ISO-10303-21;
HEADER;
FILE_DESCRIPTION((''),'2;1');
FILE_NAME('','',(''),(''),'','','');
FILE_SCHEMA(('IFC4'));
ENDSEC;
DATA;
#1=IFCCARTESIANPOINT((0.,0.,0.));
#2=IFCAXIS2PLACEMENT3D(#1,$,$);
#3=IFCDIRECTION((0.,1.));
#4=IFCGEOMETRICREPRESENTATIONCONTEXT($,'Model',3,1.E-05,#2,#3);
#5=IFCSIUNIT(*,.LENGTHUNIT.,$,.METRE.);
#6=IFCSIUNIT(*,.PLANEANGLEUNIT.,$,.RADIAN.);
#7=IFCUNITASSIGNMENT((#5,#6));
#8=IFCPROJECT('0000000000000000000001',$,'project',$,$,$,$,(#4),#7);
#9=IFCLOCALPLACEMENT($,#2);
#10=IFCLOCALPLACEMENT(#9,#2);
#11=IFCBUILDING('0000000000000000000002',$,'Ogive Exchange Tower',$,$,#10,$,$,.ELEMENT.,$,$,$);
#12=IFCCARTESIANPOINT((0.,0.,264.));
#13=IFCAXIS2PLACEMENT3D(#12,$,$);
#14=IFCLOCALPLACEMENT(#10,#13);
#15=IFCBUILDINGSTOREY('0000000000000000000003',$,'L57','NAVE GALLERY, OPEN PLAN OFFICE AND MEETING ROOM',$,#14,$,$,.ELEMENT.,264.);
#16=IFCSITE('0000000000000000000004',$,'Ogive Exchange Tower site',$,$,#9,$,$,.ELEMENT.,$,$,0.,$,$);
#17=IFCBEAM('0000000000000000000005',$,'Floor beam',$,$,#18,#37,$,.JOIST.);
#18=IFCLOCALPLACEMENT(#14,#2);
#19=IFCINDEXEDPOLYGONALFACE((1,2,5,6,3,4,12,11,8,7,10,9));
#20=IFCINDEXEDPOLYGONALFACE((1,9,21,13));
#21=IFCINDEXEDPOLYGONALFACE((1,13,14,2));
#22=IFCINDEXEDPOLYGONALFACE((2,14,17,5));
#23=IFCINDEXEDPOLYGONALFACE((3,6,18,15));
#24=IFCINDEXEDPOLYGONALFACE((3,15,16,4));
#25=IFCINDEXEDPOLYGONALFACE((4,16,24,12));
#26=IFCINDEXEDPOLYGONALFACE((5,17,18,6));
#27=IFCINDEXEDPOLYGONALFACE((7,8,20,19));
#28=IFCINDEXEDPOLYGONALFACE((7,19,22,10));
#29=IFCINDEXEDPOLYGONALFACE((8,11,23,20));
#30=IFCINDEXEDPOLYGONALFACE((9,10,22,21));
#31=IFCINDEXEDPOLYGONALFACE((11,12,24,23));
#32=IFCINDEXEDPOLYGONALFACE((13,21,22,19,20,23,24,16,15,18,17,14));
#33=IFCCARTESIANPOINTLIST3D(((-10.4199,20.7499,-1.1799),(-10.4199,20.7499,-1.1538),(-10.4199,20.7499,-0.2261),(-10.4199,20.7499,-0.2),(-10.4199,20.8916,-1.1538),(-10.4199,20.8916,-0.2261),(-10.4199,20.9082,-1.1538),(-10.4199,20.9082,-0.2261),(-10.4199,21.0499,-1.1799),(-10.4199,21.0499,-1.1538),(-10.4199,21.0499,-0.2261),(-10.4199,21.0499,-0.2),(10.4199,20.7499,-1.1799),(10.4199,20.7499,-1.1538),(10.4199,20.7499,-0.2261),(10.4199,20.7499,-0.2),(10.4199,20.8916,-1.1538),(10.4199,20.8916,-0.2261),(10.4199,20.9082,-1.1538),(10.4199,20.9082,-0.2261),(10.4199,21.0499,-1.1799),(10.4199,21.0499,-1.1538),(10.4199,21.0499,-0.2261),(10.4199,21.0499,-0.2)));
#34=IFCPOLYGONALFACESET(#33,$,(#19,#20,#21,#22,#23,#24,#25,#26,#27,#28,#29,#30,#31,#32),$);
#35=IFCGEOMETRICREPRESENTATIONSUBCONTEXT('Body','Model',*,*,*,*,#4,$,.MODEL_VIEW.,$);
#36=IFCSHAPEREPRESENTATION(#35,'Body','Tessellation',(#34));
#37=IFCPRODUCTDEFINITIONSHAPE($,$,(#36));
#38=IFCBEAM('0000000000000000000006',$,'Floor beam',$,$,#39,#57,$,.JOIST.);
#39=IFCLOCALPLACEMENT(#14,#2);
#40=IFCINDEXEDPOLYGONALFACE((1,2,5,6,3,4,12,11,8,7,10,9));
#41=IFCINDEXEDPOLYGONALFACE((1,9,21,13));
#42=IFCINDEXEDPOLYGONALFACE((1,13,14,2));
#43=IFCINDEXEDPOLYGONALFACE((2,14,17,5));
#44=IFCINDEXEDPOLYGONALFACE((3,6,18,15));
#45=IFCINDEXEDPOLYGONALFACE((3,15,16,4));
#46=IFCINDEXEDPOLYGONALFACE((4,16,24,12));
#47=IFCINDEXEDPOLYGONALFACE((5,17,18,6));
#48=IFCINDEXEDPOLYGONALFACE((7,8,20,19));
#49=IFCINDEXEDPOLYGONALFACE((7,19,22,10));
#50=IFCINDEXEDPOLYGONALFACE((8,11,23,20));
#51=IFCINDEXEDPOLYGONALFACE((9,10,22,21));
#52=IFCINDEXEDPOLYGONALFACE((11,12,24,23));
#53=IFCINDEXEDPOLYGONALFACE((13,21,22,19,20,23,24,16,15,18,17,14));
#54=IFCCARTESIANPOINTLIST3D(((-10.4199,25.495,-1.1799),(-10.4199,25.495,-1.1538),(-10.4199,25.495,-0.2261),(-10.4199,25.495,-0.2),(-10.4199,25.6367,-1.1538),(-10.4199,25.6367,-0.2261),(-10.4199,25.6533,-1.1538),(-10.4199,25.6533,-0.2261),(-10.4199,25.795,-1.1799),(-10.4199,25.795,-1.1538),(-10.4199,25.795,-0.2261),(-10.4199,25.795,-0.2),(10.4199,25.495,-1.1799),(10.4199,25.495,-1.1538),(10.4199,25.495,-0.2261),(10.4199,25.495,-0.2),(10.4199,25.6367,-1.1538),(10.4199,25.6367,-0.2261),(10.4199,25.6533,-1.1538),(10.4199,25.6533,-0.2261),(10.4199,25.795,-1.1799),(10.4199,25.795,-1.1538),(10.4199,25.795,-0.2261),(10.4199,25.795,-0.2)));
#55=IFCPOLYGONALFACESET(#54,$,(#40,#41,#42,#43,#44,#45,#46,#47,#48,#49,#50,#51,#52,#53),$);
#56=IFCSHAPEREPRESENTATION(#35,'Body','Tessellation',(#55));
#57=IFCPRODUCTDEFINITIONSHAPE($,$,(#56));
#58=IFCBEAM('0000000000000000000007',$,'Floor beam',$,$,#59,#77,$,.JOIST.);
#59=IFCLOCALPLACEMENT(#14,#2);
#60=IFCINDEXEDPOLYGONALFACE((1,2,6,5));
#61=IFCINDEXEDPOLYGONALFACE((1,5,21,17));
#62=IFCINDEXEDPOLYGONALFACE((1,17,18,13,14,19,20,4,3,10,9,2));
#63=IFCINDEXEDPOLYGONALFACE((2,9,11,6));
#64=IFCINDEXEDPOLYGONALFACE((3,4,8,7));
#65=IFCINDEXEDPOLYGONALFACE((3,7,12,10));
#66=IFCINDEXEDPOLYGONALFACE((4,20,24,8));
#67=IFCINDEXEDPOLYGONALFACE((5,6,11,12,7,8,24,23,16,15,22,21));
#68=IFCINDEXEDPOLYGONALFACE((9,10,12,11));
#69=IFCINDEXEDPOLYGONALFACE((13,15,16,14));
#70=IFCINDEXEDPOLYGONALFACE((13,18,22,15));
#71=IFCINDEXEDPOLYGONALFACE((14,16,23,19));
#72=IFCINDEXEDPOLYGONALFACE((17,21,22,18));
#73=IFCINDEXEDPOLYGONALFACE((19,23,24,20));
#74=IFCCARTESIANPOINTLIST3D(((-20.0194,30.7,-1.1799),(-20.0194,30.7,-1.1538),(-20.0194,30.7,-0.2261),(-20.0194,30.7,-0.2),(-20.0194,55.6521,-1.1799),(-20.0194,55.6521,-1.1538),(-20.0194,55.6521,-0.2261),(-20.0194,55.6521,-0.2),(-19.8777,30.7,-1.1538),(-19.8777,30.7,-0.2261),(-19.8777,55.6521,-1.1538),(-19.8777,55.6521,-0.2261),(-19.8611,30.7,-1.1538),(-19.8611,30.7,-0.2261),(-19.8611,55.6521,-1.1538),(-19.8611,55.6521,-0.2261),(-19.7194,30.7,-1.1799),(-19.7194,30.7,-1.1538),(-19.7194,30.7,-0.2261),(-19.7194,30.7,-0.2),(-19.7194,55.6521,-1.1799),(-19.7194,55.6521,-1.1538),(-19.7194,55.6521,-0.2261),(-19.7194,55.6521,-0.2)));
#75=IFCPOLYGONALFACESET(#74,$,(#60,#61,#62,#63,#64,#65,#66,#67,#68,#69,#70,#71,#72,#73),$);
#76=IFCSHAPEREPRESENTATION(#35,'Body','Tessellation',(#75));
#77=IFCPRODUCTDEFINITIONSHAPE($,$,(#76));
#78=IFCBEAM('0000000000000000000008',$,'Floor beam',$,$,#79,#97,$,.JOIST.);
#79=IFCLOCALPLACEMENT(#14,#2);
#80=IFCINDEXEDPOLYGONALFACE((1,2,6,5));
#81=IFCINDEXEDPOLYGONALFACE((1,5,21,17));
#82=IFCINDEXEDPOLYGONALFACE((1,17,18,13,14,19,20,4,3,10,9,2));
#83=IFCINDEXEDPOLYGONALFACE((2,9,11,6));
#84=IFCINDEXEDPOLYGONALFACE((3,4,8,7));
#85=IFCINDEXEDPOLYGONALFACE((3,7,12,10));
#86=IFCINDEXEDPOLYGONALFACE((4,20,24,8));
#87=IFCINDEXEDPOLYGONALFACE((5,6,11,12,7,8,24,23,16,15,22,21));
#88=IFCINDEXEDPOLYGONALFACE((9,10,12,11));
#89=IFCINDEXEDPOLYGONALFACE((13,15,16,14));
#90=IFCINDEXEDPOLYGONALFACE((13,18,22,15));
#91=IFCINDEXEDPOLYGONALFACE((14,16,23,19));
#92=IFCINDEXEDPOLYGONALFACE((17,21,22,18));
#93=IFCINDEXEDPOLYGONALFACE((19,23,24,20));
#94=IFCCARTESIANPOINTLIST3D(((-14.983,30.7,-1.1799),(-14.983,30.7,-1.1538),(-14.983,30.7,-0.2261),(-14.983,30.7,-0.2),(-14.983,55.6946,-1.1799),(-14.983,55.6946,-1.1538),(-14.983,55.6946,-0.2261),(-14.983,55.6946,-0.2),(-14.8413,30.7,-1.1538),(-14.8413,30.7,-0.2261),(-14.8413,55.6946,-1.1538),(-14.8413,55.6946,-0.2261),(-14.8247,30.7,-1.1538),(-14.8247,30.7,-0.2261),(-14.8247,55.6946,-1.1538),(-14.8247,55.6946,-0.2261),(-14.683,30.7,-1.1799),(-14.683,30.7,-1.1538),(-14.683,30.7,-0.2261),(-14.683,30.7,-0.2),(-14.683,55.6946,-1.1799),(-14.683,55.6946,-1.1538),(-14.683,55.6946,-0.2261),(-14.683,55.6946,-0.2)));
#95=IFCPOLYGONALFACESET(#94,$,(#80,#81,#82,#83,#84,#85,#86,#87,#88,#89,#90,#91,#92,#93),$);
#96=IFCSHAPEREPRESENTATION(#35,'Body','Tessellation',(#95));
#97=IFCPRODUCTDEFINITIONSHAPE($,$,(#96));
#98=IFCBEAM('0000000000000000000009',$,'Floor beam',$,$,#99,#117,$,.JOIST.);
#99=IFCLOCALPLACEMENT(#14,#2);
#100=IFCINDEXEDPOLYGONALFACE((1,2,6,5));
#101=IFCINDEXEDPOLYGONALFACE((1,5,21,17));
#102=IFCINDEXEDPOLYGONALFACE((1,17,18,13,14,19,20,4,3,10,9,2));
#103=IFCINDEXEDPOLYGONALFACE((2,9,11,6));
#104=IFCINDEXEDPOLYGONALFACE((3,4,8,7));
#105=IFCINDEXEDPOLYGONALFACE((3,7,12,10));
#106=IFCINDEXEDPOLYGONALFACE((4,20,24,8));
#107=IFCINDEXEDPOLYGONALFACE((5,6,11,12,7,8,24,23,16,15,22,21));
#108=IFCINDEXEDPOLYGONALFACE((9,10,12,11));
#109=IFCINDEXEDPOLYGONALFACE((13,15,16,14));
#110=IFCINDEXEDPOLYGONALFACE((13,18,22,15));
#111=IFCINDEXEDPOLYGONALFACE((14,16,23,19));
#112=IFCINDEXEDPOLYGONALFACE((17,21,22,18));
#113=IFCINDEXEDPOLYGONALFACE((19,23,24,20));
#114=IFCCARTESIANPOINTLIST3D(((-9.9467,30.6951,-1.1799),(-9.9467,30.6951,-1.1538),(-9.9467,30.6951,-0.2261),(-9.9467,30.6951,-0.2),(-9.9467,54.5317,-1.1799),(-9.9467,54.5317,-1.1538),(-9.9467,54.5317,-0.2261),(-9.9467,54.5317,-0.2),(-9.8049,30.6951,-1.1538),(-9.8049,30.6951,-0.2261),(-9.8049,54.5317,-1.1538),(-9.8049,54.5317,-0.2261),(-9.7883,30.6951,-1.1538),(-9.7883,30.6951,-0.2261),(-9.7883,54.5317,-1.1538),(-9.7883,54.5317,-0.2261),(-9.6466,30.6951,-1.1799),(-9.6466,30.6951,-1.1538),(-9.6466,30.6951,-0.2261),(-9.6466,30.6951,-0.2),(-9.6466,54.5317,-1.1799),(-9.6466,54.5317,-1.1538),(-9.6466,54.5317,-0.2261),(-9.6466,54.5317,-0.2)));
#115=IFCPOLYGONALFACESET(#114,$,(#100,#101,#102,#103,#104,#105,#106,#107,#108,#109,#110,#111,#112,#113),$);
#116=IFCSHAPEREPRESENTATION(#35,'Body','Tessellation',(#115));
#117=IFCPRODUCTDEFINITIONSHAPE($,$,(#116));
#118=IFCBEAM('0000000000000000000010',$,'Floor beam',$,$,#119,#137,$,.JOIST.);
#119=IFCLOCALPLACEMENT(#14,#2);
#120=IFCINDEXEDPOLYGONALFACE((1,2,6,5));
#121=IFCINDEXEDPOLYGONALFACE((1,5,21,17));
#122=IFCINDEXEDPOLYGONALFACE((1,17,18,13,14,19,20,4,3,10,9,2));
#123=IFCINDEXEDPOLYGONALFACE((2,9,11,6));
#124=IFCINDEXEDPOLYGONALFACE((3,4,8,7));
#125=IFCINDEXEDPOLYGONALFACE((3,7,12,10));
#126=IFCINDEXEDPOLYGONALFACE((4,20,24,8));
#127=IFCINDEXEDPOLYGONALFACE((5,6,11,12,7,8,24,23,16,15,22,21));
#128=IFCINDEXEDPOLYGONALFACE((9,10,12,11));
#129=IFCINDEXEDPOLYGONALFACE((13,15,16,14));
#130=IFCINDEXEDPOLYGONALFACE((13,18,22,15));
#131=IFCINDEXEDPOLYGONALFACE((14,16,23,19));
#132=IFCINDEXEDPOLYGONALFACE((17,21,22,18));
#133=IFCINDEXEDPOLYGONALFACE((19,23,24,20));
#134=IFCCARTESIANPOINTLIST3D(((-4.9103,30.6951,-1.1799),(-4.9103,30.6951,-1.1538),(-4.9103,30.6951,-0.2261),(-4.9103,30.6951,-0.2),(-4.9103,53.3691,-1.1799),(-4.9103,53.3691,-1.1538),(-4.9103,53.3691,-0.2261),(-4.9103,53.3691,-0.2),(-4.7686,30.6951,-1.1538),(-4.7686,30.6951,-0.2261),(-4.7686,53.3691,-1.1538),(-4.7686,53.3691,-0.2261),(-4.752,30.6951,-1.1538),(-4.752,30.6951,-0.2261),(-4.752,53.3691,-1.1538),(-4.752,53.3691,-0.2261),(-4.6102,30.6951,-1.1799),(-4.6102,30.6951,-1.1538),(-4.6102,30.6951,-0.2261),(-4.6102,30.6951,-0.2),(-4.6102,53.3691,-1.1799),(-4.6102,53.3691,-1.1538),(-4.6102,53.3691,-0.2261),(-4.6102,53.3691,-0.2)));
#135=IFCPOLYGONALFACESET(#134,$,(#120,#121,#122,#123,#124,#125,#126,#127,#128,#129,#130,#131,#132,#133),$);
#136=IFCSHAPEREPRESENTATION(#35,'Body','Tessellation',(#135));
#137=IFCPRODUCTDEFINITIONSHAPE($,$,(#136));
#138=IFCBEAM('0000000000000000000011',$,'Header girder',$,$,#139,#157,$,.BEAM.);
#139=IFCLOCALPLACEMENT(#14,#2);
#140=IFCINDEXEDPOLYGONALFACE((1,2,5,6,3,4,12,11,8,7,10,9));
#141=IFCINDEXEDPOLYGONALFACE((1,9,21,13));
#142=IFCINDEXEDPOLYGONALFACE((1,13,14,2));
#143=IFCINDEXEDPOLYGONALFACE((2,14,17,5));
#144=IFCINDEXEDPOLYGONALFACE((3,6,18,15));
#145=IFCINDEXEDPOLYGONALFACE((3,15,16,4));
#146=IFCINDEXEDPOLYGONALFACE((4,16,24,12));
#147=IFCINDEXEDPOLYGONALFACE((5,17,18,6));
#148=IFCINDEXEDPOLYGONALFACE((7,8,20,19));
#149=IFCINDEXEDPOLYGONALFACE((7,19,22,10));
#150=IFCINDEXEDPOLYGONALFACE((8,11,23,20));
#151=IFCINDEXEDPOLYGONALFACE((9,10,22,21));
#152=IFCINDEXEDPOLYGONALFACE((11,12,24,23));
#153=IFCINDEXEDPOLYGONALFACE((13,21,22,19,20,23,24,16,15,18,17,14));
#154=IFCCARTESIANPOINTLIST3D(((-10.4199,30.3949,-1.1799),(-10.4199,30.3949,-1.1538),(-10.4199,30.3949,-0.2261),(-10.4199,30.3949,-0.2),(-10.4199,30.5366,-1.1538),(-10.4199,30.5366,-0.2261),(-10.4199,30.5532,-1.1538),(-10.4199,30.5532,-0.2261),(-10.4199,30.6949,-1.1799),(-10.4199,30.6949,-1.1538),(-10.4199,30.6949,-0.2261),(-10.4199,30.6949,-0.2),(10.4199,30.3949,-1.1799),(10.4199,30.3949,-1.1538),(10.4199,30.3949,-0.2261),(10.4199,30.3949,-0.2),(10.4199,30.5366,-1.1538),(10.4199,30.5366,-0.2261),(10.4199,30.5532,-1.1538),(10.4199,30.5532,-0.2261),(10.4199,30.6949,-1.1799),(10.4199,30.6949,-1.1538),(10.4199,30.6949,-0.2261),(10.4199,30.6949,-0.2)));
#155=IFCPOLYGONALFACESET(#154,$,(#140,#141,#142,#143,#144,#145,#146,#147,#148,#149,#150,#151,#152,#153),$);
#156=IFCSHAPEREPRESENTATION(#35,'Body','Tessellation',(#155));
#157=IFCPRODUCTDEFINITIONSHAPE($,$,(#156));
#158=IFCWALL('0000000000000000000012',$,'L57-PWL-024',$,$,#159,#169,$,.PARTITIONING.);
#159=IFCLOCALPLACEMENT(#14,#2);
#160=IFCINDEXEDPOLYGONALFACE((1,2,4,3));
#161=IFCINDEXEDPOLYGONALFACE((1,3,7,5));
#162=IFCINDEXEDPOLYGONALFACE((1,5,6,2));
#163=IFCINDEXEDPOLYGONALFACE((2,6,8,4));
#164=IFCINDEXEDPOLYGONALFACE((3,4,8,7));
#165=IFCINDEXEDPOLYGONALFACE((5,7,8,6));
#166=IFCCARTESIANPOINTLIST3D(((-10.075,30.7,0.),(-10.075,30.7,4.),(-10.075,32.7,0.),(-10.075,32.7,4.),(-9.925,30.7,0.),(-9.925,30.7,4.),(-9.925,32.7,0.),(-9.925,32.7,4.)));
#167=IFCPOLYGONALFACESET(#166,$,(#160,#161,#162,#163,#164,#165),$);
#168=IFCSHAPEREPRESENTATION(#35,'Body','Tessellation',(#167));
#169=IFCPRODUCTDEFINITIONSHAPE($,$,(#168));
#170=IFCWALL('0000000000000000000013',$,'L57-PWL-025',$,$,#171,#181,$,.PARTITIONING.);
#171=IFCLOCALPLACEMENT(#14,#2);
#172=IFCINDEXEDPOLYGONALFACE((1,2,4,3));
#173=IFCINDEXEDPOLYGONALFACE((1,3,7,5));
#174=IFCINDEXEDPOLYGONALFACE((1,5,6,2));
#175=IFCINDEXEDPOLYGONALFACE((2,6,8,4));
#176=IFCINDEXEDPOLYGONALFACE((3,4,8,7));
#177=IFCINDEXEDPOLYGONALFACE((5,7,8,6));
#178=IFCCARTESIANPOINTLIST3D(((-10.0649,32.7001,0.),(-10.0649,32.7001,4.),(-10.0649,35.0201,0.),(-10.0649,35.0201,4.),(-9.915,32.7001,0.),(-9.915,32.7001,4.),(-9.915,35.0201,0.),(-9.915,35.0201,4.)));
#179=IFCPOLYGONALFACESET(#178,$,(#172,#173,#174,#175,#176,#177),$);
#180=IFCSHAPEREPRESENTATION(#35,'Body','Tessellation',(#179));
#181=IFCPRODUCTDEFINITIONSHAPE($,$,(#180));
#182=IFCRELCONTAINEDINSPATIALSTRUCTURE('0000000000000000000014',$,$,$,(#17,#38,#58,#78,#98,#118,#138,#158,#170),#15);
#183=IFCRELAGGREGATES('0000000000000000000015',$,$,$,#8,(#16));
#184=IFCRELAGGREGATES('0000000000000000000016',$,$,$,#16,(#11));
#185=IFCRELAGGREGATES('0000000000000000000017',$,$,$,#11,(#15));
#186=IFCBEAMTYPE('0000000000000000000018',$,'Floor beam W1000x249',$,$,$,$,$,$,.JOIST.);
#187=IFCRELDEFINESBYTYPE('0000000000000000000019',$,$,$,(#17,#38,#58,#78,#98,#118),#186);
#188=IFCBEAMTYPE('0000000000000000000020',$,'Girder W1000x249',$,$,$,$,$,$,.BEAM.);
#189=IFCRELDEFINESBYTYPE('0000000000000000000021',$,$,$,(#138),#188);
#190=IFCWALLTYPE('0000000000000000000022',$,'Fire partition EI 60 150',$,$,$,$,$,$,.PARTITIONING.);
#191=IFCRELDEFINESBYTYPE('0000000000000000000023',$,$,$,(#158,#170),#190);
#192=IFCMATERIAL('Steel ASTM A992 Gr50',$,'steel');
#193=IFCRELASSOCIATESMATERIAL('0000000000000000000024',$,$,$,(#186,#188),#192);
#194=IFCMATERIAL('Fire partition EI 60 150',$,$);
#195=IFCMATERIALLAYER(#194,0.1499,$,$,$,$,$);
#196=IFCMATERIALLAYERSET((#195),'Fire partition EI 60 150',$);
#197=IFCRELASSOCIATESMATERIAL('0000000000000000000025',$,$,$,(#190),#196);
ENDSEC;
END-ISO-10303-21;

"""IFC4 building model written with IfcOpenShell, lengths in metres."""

from ifc_helpers import new_model, si_unit, direction, frame, frame_2d, origin, origin_2d, place, context, subcontext, project, spatial, rectangle, i_section, extrude, material, layer, layer_set, material_profile, profile_set, type_object, element, save


model = new_model("IFC4")

# Units and contexts
model_context = context("Model", 3, precision=1e-05, world=origin(), true_north=direction((0.0, 1.0)))
body_context = subcontext(model_context, "Body", "Model", "MODEL_VIEW")
ifc_project = project(units=[si_unit("LENGTHUNIT", "METRE"), si_unit("PLANEANGLEUNIT", "RADIAN")], contexts=[model_context])

# Site, building, storey
site_placement = place(None, origin())
site = spatial("IfcSite", under=ifc_project, at=site_placement, Name="Ogive Exchange Tower site", CompositionType="ELEMENT", RefElevation=0.0)
building_placement = place(site_placement, origin())
building = spatial("IfcBuilding", under=site, at=building_placement, Name="Ogive Exchange Tower", CompositionType="ELEMENT")
storey_placement = place(building_placement, frame((0.0, 0.0, 264.0)))
storey = spatial("IfcBuildingStorey", under=building, at=storey_placement, Name="L57", Description="NAVE GALLERY, OPEN PLAN OFFICE AND MEETING ROOM", CompositionType="ELEMENT", Elevation=264.0)

# Beams
ifc_material_1 = material(Name="Steel ASTM A992 Gr50", Category="steel")
ifc_material_profile_1 = material_profile(ifc_material_1, i_section(OverallWidth=0.3, OverallDepth=0.98, WebThickness=0.0166, FlangeThickness=0.0261, at=origin_2d()), Name="W1000x249")
ifc_profile_set_1 = profile_set([ifc_material_profile_1], Name="Steel ASTM A992 Gr50")
beam_type_1 = type_object("IfcBeamType", Name="Floor beam W1000x249", PredefinedType="JOIST", material=ifc_profile_set_1)
for number, where, z_axis, x_axis, name in (
    (1, (-10.4199, 20.8999, -0.6899), (1.0, 0.0, 0.0), (0.0, 1.0, 0.0), "Floor beam"),
    (2, (-10.4199, 25.645, -0.6899), (1.0, 0.0, 0.0), (0.0, 1.0, 0.0), "Floor beam"),
):
    element("IfcBeam", number, at=place(storey_placement, frame(where, z_axis=z_axis, x_axis=x_axis)), inside=storey, type_object=beam_type_1, Name=name, PredefinedType="JOIST", context=body_context, shape_type="SweptSolid", body=[
        extrude(i_section(OverallWidth=0.3, OverallDepth=0.98, WebThickness=0.0166, FlangeThickness=0.0261, at=origin_2d()), origin(), (0.0, 0.0, 1.0), 20.8398),
    ])
beam_1_placement = place(storey_placement, frame((-19.8694, 30.7, -0.6899), z_axis=(0.0, 1.0, 0.0), x_axis=(-1.0, 0.0, 0.0)))
element("IfcBeam", 3, at=beam_1_placement, inside=storey, type_object=beam_type_1, Name="Floor beam", PredefinedType="JOIST", context=body_context, shape_type="SweptSolid", body=[
    extrude(i_section(OverallWidth=0.3, OverallDepth=0.98, WebThickness=0.0166, FlangeThickness=0.0261, at=origin_2d()), origin(), (0.0, 0.0, 1.0), 24.9521),
])
beam_2_placement = place(storey_placement, frame((-14.833, 30.7, -0.6899), z_axis=(0.0, 1.0, 0.0), x_axis=(-1.0, 0.0, 0.0)))
element("IfcBeam", 4, at=beam_2_placement, inside=storey, type_object=beam_type_1, Name="Floor beam", PredefinedType="JOIST", context=body_context, shape_type="SweptSolid", body=[
    extrude(i_section(OverallWidth=0.3, OverallDepth=0.98, WebThickness=0.0166, FlangeThickness=0.0261, at=origin_2d()), origin(), (0.0, 0.0, 1.0), 24.9946),
])
beam_3_placement = place(storey_placement, frame((-9.7966, 30.6951, -0.6899), z_axis=(0.0, 1.0, 0.0), x_axis=(-1.0, 0.0, 0.0)))
element("IfcBeam", 5, at=beam_3_placement, inside=storey, type_object=beam_type_1, Name="Floor beam", PredefinedType="JOIST", context=body_context, shape_type="SweptSolid", body=[
    extrude(i_section(OverallWidth=0.3, OverallDepth=0.98, WebThickness=0.0166, FlangeThickness=0.0261, at=origin_2d()), origin(), (0.0, 0.0, 1.0), 23.8367),
])
beam_4_placement = place(storey_placement, frame((-4.7603, 30.6951, -0.6899), z_axis=(0.0, 1.0, 0.0), x_axis=(-1.0, 0.0, 0.0)))
element("IfcBeam", 6, at=beam_4_placement, inside=storey, type_object=beam_type_1, Name="Floor beam", PredefinedType="JOIST", context=body_context, shape_type="SweptSolid", body=[
    extrude(i_section(OverallWidth=0.3, OverallDepth=0.98, WebThickness=0.0166, FlangeThickness=0.0261, at=origin_2d()), origin(), (0.0, 0.0, 1.0), 22.6741),
])
ifc_material_profile_2 = material_profile(ifc_material_1, i_section(OverallWidth=0.3, OverallDepth=0.98, WebThickness=0.0166, FlangeThickness=0.0261, at=origin_2d()), Name="W1000x249")
ifc_profile_set_2 = profile_set([ifc_material_profile_2], Name="Steel ASTM A992 Gr50")
beam_type_2 = type_object("IfcBeamType", Name="Girder W1000x249", PredefinedType="BEAM", material=ifc_profile_set_2)
beam_5_placement = place(storey_placement, frame((-10.4199, 30.5449, -0.6899), z_axis=(1.0, 0.0, 0.0), x_axis=(0.0, 1.0, 0.0)))
element("IfcBeam", 7, at=beam_5_placement, inside=storey, type_object=beam_type_2, Name="Header girder", PredefinedType="BEAM", context=body_context, shape_type="SweptSolid", body=[
    extrude(i_section(OverallWidth=0.3, OverallDepth=0.98, WebThickness=0.0166, FlangeThickness=0.0261, at=origin_2d()), origin(), (0.0, 0.0, 1.0), 20.8398),
])

# Walls
ifc_material_2 = material(Name="Fire partition EI 60 150")
ifc_layer_1 = layer(ifc_material_2, 0.1499)
ifc_layer_set_1 = layer_set([ifc_layer_1], Name="Fire partition EI 60 150")
wall_type_1 = type_object("IfcWallType", Name="Fire partition EI 60 150", PredefinedType="PARTITIONING", material=ifc_layer_set_1)
wall_1_placement = place(storey_placement, frame((-10.0, 30.7, 0.0), z_axis=(0.0, 0.0, 1.0), x_axis=(0.0, 1.0, 0.0)))
element("IfcWall", 8, at=wall_1_placement, inside=storey, type_object=wall_type_1, Name="L57-PWL-024", PredefinedType="PARTITIONING", context=body_context, shape_type="SweptSolid", body=[
    extrude(rectangle(XDim=2.0, YDim=0.1499, at=frame_2d((1.0, 0.0))), origin(), (0.0, 0.0, 1.0), 4.0),
])
wall_2_placement = place(storey_placement, frame((-9.99, 32.7, 0.0), z_axis=(0.0, 0.0, 1.0), x_axis=(0.0, 1.0, 0.0)))
element("IfcWall", 9, at=wall_2_placement, inside=storey, type_object=wall_type_1, Name="L57-PWL-025", PredefinedType="PARTITIONING", context=body_context, shape_type="SweptSolid", body=[
    extrude(rectangle(XDim=2.3201, YDim=0.1499, at=frame_2d((1.1602, 0.0))), origin(), (0.0, 0.0, 1.0), 4.0),
])

save(model, "model.ifc")
